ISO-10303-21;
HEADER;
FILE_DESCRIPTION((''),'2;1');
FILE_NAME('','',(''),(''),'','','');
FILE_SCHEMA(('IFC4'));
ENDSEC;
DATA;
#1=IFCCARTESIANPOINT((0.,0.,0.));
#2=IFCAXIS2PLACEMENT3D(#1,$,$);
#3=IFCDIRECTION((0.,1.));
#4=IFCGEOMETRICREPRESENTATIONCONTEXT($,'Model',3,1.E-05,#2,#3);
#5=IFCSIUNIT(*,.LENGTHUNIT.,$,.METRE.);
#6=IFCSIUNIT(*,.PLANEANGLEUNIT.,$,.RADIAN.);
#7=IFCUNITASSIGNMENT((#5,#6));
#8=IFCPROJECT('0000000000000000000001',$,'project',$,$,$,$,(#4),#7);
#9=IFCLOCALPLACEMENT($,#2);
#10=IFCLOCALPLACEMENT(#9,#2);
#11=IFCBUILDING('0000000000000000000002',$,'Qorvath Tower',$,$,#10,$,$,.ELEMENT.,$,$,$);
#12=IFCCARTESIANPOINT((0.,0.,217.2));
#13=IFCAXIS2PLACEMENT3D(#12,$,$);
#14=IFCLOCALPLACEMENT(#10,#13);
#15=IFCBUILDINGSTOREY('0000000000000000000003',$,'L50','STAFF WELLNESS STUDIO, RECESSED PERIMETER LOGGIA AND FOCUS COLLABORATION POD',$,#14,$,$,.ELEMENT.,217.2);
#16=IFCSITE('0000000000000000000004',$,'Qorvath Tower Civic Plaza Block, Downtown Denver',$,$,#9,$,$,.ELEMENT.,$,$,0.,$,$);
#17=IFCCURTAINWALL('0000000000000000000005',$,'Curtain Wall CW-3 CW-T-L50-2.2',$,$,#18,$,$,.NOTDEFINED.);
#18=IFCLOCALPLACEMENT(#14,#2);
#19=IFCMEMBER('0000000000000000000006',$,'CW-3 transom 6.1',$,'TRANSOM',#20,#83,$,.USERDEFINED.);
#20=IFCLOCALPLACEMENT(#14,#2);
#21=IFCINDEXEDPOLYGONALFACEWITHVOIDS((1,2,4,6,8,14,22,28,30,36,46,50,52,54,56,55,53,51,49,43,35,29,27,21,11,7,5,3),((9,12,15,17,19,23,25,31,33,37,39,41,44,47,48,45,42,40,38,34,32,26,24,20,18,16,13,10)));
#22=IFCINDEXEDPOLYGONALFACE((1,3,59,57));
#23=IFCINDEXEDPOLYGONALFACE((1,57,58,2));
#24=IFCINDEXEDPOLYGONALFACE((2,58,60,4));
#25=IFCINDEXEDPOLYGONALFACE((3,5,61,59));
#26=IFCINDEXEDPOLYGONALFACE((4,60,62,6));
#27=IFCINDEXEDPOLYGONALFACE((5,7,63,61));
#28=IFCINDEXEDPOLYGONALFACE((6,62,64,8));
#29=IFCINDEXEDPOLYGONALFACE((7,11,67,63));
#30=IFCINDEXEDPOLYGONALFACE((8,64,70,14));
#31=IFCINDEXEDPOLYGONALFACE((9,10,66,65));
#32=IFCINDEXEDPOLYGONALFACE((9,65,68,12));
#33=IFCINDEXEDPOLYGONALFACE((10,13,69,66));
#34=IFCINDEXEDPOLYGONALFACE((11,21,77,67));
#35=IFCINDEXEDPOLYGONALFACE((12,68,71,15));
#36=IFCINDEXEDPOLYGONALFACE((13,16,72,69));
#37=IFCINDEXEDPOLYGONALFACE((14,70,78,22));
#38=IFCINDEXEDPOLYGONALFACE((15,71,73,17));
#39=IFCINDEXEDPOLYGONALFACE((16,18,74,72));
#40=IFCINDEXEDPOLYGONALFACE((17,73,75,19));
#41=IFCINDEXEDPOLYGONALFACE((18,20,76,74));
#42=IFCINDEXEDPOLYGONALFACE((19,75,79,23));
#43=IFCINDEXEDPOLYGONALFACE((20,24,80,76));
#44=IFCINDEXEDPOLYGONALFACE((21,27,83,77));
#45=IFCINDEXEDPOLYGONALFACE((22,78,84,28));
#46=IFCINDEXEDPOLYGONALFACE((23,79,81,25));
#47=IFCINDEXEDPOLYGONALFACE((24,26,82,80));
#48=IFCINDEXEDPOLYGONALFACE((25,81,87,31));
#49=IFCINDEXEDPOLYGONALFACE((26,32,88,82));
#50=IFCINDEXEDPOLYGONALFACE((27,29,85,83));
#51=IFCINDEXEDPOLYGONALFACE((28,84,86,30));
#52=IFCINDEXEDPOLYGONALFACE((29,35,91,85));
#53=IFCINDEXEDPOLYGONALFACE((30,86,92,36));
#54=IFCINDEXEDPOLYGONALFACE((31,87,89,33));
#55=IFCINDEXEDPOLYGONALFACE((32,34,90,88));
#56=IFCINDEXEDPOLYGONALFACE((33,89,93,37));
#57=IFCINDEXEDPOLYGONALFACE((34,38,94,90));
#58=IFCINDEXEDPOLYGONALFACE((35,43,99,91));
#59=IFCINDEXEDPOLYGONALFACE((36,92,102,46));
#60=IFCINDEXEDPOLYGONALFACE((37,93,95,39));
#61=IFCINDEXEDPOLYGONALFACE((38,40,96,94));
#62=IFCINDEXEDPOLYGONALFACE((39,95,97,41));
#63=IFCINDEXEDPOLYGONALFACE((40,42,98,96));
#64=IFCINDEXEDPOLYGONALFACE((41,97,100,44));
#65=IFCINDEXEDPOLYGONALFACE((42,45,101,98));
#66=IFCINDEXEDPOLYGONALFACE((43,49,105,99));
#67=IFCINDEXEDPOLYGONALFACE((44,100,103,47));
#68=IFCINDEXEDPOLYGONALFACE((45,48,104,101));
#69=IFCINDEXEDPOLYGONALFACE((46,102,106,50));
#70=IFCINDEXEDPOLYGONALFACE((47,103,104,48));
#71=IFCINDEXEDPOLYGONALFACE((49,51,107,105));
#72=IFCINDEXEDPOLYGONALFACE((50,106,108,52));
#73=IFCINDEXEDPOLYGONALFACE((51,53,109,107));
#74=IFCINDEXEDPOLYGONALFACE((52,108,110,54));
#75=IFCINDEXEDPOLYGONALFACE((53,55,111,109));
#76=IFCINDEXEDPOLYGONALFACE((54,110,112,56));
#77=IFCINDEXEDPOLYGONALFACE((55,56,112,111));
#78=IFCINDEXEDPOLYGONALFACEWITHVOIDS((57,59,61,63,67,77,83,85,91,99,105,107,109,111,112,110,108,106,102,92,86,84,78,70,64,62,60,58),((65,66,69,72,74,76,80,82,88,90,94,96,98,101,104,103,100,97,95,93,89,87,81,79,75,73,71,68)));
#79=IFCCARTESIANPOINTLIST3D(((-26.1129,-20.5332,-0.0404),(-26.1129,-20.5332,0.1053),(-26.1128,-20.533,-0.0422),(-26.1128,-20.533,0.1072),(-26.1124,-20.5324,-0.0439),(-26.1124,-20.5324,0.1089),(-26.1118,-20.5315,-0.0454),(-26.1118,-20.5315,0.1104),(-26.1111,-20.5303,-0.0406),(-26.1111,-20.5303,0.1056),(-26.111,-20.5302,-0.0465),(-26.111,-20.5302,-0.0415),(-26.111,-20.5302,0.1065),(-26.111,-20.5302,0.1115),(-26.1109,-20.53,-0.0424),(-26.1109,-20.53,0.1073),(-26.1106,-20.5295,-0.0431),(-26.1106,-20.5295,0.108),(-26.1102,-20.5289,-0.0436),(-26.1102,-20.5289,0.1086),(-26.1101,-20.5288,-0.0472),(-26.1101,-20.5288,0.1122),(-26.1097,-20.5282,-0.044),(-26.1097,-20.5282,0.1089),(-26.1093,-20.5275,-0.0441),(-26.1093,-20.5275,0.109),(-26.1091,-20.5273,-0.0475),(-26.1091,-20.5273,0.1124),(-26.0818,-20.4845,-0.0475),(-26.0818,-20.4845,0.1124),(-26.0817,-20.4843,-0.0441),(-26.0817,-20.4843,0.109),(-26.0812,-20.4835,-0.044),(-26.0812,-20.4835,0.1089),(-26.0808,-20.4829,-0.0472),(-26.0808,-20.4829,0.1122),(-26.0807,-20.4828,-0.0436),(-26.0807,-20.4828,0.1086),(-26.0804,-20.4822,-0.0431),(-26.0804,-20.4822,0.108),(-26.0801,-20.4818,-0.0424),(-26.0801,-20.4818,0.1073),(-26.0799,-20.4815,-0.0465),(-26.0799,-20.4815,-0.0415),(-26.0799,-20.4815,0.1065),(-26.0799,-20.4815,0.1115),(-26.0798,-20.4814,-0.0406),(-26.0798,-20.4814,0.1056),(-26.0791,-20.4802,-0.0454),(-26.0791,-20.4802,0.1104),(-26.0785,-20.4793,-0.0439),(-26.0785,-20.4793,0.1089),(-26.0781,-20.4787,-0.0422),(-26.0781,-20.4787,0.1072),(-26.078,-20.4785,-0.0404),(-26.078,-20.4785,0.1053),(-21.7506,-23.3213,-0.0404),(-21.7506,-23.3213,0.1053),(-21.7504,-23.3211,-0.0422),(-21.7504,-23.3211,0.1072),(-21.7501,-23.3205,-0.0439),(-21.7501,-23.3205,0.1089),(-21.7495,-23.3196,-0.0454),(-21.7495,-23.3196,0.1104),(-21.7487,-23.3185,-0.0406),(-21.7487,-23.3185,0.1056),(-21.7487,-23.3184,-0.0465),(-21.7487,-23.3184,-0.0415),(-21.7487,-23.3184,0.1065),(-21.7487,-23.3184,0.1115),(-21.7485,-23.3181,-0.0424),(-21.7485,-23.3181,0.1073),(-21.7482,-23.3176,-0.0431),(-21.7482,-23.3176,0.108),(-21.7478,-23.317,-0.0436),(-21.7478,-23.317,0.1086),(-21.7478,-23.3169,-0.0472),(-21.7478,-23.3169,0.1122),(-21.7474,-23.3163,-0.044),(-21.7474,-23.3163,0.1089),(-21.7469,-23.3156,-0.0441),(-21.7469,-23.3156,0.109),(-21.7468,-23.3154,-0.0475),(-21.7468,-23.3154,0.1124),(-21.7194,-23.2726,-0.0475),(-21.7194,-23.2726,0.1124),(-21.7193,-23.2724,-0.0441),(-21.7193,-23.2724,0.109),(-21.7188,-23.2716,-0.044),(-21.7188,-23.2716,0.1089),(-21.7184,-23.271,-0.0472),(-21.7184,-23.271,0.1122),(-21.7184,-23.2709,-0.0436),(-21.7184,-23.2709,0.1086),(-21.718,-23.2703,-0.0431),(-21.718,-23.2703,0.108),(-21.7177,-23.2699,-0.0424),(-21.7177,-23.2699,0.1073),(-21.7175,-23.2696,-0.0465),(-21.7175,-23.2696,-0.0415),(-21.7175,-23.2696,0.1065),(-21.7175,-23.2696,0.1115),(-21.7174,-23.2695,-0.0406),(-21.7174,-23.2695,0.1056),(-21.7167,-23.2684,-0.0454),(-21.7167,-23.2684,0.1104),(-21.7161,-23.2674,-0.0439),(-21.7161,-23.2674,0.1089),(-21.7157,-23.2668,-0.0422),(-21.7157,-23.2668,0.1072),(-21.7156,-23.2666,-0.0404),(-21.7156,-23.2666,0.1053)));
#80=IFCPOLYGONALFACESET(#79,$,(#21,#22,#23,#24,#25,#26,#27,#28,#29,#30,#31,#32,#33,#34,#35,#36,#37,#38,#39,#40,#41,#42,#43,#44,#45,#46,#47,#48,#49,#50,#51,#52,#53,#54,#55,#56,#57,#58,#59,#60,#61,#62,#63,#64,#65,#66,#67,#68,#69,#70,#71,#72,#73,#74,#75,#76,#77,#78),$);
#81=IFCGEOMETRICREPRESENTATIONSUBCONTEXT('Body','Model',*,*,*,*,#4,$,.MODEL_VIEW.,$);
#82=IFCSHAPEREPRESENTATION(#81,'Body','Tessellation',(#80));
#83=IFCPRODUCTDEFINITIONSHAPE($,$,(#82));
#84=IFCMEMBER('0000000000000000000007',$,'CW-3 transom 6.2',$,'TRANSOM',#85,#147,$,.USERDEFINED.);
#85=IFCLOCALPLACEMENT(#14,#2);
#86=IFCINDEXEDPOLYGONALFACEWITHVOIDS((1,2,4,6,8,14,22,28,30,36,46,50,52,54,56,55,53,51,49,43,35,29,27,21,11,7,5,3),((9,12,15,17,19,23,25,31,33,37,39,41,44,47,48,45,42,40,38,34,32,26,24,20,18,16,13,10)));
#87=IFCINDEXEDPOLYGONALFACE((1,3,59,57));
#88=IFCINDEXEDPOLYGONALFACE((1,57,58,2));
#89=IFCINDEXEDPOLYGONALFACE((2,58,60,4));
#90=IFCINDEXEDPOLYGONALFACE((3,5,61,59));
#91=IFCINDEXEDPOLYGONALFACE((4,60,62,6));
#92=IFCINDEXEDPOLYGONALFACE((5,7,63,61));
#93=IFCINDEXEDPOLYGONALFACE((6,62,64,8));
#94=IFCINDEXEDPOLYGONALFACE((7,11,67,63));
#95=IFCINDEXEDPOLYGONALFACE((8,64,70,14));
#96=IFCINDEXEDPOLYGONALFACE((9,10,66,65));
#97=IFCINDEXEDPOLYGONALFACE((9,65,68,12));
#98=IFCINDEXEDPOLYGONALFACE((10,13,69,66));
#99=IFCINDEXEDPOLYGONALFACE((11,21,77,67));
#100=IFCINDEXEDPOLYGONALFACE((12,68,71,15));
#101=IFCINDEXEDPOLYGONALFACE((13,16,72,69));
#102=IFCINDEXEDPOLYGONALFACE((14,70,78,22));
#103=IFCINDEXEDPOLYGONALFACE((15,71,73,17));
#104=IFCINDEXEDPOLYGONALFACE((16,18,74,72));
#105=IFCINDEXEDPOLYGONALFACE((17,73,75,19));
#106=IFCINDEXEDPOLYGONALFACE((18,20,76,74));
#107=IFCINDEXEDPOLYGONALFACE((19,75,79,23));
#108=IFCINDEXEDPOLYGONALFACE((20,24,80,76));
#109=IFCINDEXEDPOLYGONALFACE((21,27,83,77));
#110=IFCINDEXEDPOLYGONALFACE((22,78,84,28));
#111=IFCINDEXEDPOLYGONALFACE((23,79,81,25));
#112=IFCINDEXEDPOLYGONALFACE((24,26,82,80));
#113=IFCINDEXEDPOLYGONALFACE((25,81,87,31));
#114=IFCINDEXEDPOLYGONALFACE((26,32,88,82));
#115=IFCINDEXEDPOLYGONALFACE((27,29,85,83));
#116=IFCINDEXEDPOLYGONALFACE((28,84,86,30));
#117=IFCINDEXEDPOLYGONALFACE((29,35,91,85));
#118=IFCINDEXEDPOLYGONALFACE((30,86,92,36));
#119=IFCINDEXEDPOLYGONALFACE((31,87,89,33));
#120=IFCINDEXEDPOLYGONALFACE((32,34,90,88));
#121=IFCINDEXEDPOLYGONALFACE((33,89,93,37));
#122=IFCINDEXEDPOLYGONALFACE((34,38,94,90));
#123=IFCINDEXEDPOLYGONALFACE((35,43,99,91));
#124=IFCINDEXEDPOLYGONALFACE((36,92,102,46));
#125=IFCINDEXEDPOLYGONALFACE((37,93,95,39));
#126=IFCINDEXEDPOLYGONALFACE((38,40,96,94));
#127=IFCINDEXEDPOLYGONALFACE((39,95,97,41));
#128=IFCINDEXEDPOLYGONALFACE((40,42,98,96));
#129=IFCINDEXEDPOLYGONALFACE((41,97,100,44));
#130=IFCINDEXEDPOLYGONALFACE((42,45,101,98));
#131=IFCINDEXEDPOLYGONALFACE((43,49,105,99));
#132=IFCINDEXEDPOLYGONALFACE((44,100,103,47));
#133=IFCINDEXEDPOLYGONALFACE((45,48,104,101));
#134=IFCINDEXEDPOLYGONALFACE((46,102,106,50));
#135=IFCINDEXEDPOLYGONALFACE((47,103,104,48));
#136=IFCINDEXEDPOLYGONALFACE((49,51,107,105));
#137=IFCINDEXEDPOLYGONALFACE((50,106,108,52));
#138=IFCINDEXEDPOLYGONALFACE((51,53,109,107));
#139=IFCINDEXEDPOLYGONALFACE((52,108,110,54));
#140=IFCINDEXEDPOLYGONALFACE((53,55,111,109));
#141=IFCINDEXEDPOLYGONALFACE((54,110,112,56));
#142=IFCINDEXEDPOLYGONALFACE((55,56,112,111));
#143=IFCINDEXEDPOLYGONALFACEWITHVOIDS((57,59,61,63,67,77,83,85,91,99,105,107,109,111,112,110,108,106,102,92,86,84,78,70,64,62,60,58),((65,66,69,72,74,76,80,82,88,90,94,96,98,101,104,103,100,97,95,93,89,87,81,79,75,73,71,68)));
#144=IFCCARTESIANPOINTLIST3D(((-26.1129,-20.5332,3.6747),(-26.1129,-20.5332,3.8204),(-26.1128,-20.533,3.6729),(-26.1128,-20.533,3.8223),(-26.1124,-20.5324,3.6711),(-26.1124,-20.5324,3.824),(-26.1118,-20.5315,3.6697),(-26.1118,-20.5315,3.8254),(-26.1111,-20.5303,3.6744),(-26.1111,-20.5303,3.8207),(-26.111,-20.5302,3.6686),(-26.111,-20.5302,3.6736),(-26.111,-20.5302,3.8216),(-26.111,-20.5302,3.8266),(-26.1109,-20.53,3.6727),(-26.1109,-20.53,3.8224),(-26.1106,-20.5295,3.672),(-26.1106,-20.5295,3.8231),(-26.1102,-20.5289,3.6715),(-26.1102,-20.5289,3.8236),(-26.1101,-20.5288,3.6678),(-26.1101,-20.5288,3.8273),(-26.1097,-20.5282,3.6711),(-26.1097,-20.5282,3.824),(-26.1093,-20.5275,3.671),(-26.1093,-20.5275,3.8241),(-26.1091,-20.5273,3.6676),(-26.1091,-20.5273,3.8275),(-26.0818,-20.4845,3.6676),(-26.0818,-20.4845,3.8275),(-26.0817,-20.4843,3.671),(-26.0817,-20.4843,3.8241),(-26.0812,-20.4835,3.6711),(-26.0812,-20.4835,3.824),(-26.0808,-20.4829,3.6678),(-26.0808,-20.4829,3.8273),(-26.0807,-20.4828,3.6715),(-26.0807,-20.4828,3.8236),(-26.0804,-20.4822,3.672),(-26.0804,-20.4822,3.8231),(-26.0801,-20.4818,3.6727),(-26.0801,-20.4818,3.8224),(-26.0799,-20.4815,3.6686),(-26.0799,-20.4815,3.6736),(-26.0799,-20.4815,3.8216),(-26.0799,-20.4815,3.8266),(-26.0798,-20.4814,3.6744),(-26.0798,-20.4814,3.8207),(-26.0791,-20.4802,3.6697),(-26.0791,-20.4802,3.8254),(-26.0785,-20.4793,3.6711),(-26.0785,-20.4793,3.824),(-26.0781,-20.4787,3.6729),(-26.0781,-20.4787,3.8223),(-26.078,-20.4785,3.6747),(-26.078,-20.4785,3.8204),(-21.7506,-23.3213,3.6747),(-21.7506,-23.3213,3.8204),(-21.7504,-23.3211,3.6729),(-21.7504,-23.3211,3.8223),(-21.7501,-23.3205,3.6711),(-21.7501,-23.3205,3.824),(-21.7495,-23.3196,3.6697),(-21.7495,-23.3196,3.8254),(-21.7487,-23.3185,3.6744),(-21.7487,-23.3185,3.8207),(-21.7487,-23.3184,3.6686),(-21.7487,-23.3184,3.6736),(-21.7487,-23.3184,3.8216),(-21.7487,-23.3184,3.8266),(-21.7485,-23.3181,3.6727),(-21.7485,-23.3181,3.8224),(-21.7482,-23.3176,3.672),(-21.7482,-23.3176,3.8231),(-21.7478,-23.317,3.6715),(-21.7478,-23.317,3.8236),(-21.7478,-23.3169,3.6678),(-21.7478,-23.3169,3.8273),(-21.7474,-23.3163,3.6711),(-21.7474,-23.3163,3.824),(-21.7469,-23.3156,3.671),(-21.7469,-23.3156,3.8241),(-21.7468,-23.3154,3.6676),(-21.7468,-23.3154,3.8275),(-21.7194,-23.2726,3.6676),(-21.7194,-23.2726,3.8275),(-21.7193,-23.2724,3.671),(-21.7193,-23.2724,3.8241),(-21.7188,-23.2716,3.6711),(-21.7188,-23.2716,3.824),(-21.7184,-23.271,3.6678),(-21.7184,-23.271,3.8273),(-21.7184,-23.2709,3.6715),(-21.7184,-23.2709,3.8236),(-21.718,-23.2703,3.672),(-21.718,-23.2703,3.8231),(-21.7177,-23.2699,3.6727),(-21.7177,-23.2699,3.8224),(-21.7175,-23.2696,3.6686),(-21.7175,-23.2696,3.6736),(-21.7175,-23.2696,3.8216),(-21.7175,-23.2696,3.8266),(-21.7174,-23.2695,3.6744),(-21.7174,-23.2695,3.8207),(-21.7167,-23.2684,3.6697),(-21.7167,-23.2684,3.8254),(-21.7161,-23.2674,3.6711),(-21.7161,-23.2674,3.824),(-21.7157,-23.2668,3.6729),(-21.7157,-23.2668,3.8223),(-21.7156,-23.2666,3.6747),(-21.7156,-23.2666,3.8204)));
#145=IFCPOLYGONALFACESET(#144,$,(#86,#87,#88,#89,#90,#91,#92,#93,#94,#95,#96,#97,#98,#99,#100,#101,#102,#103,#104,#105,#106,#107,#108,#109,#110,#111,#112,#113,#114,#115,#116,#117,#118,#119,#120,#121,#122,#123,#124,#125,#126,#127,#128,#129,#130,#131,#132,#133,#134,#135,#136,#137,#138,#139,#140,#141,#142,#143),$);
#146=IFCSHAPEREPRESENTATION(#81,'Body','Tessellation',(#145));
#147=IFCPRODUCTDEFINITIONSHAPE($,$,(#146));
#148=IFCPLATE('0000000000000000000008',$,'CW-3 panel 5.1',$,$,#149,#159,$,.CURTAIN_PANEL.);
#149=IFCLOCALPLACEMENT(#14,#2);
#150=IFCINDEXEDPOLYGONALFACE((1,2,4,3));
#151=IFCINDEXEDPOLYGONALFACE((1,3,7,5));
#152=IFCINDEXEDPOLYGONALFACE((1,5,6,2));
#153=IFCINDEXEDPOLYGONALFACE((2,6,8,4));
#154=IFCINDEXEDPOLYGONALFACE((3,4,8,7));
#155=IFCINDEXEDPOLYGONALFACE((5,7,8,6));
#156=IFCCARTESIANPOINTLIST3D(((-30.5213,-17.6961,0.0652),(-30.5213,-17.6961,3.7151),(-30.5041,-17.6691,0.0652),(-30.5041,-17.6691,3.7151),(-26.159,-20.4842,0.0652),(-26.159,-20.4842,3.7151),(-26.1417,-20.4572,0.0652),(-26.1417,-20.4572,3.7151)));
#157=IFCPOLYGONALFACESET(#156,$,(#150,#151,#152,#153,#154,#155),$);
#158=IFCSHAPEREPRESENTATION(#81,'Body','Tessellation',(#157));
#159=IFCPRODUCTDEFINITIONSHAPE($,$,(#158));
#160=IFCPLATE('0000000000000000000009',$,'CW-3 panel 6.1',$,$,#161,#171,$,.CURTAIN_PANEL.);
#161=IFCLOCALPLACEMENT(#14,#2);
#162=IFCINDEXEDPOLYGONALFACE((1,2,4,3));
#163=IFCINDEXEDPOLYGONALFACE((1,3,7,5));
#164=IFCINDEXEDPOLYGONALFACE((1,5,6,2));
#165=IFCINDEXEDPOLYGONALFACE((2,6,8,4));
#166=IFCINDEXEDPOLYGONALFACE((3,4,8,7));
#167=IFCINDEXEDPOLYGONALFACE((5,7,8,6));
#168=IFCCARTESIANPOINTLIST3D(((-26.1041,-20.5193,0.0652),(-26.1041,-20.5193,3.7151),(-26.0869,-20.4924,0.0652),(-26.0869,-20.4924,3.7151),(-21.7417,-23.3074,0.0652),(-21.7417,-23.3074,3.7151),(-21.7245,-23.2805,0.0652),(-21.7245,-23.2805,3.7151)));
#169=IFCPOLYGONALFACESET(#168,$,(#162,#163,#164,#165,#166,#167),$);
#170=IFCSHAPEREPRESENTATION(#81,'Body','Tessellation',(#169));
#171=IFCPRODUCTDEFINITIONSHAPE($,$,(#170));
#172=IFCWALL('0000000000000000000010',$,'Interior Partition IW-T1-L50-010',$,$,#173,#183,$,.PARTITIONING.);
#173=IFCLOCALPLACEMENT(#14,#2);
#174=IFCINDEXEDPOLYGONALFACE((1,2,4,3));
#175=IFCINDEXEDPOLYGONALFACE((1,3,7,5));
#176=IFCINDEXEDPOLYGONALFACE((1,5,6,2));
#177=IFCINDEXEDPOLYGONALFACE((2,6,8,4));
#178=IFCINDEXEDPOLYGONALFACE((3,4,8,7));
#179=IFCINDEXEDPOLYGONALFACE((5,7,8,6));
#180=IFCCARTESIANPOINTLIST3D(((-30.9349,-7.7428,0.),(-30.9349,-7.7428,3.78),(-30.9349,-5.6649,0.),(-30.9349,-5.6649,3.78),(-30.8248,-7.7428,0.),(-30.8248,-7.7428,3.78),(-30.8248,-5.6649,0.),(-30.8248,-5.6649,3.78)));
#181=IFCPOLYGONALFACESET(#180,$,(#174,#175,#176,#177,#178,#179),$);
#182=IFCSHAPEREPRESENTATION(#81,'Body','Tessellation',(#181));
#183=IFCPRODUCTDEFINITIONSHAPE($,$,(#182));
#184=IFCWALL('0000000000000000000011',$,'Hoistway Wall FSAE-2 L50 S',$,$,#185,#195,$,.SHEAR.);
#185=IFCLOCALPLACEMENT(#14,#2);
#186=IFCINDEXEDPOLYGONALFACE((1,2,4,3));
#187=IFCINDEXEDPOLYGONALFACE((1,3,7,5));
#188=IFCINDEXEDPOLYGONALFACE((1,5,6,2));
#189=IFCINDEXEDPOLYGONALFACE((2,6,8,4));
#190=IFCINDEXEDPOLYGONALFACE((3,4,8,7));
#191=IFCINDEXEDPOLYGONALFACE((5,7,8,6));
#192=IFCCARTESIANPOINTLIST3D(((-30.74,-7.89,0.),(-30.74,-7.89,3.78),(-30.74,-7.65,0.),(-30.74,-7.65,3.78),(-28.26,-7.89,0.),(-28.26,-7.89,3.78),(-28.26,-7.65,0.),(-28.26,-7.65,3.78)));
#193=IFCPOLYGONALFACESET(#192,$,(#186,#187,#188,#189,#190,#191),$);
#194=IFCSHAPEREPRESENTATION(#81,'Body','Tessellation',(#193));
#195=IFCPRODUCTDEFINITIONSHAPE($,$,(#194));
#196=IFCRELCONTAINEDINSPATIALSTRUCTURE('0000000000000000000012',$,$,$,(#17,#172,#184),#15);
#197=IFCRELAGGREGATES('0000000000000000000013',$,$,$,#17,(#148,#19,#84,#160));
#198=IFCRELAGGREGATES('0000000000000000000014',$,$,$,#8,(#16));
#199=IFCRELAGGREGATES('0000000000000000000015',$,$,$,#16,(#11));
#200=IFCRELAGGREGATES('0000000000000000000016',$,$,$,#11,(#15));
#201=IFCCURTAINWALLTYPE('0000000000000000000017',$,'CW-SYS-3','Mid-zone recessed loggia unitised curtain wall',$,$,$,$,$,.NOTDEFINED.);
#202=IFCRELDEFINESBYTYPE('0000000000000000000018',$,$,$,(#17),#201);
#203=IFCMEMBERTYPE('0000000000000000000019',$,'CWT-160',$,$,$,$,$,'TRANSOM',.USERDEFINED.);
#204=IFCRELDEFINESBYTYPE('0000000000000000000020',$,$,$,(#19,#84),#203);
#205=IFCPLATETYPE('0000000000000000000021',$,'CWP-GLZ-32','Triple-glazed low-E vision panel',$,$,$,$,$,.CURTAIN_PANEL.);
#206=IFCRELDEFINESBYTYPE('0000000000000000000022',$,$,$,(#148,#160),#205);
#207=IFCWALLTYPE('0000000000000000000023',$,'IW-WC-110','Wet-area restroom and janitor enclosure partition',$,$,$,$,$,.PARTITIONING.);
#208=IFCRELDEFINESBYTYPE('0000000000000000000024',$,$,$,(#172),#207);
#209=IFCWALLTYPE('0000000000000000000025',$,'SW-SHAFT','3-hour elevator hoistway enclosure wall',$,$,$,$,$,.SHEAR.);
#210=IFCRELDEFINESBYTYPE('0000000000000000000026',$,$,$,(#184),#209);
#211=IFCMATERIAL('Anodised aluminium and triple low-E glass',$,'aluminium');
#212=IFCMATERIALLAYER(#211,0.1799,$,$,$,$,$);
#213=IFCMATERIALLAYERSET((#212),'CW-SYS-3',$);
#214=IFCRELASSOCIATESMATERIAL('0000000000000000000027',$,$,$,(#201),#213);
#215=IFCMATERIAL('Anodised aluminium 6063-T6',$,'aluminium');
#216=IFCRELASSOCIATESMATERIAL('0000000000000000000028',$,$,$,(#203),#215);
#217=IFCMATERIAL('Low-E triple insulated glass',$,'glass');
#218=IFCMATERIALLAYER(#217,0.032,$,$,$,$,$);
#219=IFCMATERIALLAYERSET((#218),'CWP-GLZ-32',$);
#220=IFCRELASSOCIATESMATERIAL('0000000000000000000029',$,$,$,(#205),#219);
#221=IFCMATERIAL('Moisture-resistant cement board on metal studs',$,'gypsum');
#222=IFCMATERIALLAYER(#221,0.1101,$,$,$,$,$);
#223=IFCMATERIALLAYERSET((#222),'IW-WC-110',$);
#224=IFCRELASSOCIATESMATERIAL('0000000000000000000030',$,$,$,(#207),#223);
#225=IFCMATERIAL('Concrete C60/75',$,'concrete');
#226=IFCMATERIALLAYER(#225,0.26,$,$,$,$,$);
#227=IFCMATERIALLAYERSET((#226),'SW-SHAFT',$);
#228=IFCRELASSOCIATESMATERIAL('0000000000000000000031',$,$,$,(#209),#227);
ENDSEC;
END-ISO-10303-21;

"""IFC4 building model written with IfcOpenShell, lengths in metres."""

from ifc_helpers import new_model, si_unit, direction, frame, frame_2d, origin, origin_2d, place, context, subcontext, project, spatial, rectangle, hollow_rectangle, extrude, material, layer, layer_set, material_profile, profile_set, type_object, element, aggregate, save


model = new_model("IFC4")

# Units and contexts
model_context = context("Model", 3, precision=1e-05, world=origin(), true_north=direction((0.0, 1.0)))
body_context = subcontext(model_context, "Body", "Model", "MODEL_VIEW")
ifc_project = project(units=[si_unit("LENGTHUNIT", "METRE"), si_unit("PLANEANGLEUNIT", "RADIAN")], contexts=[model_context])

# Site, building, storey
site_placement = place(None, origin())
site = spatial("IfcSite", under=ifc_project, at=site_placement, Name="Qorvath Tower Civic Plaza Block, Downtown Denver", CompositionType="ELEMENT", RefElevation=0.0)
building_placement = place(site_placement, origin())
building = spatial("IfcBuilding", under=site, at=building_placement, Name="Qorvath Tower", CompositionType="ELEMENT")
storey_placement = place(building_placement, frame((0.0, 0.0, 217.2)))
storey = spatial("IfcBuildingStorey", under=building, at=storey_placement, Name="L50", Description="STAFF WELLNESS STUDIO, RECESSED PERIMETER LOGGIA AND FOCUS COLLABORATION POD", CompositionType="ELEMENT", Elevation=217.2)

# Curtain wall, members, plates
ifc_material_1 = material(Name="Anodised aluminium and triple low-E glass", Category="aluminium")
ifc_layer_1 = layer(ifc_material_1, 0.1799)
ifc_layer_set_1 = layer_set([ifc_layer_1], Name="CW-SYS-3")
curtain_wall_type = type_object("IfcCurtainWallType", Name="CW-SYS-3", Description="Mid-zone recessed loggia unitised curtain wall", PredefinedType="NOTDEFINED", material=ifc_layer_set_1)
curtain_wall_placement = place(storey_placement, origin())
curtain_wall = element("IfcCurtainWall", 1, at=curtain_wall_placement, inside=storey, type_object=curtain_wall_type, Name="Curtain Wall CW-3 CW-T-L50-2.2", PredefinedType="NOTDEFINED")
ifc_material_2 = material(Name="Anodised aluminium 6063-T6", Category="aluminium")
ifc_material_profile_1 = material_profile(ifc_material_2, hollow_rectangle(XDim=0.0649, YDim=0.1599, WallThickness=0.0034, InnerFilletRadius=0.0034, OuterFilletRadius=0.0071, at=origin_2d()), Name="CWT 160x65")
ifc_profile_set_1 = profile_set([ifc_material_profile_1], Name="Anodised aluminium 6063-T6")
member_type_1 = type_object("IfcMemberType", Name="CWT-160", ElementType="TRANSOM", PredefinedType="USERDEFINED", material=ifc_profile_set_1)
member_1_placement = place(storey_placement, frame((-26.0955, -20.5059, 0.0325), z_axis=(0.842604, -0.538534, 0.0), x_axis=(0.538534, 0.842604, 0.0)))
member_1 = element("IfcMember", 2, at=member_1_placement, type_object=member_type_1, Name="CW-3 transom 6.1", ObjectType="TRANSOM", PredefinedType="USERDEFINED", context=body_context, shape_type="SweptSolid", body=[
    extrude(hollow_rectangle(XDim=0.0649, YDim=0.1599, WallThickness=0.0034, InnerFilletRadius=0.0034, OuterFilletRadius=0.0071, at=origin_2d()), origin(), (0.0, 0.0, 1.0), 5.1772),
])
member_2_placement = place(storey_placement, frame((-26.0955, -20.5059, 3.7476), z_axis=(0.842604, -0.538534, 0.0), x_axis=(0.538534, 0.842604, 0.0)))
member_2 = element("IfcMember", 3, at=member_2_placement, type_object=member_type_1, Name="CW-3 transom 6.2", ObjectType="TRANSOM", PredefinedType="USERDEFINED", context=body_context, shape_type="SweptSolid", body=[
    extrude(hollow_rectangle(XDim=0.0649, YDim=0.1599, WallThickness=0.0034, InnerFilletRadius=0.0034, OuterFilletRadius=0.0071, at=origin_2d()), origin(), (0.0, 0.0, 1.0), 5.1772),
])
ifc_material_3 = material(Name="Low-E triple insulated glass", Category="glass")
ifc_layer_2 = layer(ifc_material_3, 0.032)
ifc_layer_set_2 = layer_set([ifc_layer_2], Name="CWP-GLZ-32")
plate_type = type_object("IfcPlateType", Name="CWP-GLZ-32", Description="Triple-glazed low-E vision panel", PredefinedType="CURTAIN_PANEL", material=ifc_layer_set_2)
plate_1_placement = place(storey_placement, frame((-28.3315, -19.0767, 0.0652), z_axis=(0.0, 0.0, 1.0), x_axis=(0.842603, -0.538535, 0.0)))
plate_1 = element("IfcPlate", 4, at=plate_1_placement, type_object=plate_type, Name="CW-3 panel 5.1", PredefinedType="CURTAIN_PANEL", context=body_context, shape_type="SweptSolid", body=[
    extrude(rectangle(XDim=5.1772, YDim=0.032, at=origin_2d()), origin(), (0.0, 0.0, 1.0), 3.6499),
])
plate_2_placement = place(storey_placement, frame((-23.9143, -21.8999, 0.0652), z_axis=(0.0, 0.0, 1.0), x_axis=(0.842603, -0.538535, 0.0)))
plate_2 = element("IfcPlate", 5, at=plate_2_placement, type_object=plate_type, Name="CW-3 panel 6.1", PredefinedType="CURTAIN_PANEL", context=body_context, shape_type="SweptSolid", body=[
    extrude(rectangle(XDim=5.1772, YDim=0.032, at=origin_2d()), origin(), (0.0, 0.0, 1.0), 3.6499),
])
aggregate(curtain_wall, [plate_1, member_1, member_2, plate_2])

# Walls
ifc_material_4 = material(Name="Moisture-resistant cement board on metal studs", Category="gypsum")
ifc_layer_3 = layer(ifc_material_4, 0.1101)
ifc_layer_set_3 = layer_set([ifc_layer_3], Name="IW-WC-110")
wall_type_1 = type_object("IfcWallType", Name="IW-WC-110", Description="Wet-area restroom and janitor enclosure partition", PredefinedType="PARTITIONING", material=ifc_layer_set_3)
wall_1_placement = place(storey_placement, frame((-30.8799, -7.7429, 0.0), z_axis=(0.0, 0.0, 1.0), x_axis=(0.0, 1.0, 0.0)))
element("IfcWall", 6, at=wall_1_placement, inside=storey, type_object=wall_type_1, Name="Interior Partition IW-T1-L50-010", PredefinedType="PARTITIONING", context=body_context, shape_type="SweptSolid", body=[
    extrude(rectangle(XDim=2.0779, YDim=0.1101, at=frame_2d((1.0391, 0.0))), origin(), (0.0, 0.0, 1.0), 3.78),
])
ifc_material_5 = material(Name="Concrete C60/75", Category="concrete")
ifc_layer_4 = layer(ifc_material_5, 0.26)
ifc_layer_set_4 = layer_set([ifc_layer_4], Name="SW-SHAFT")
wall_type_2 = type_object("IfcWallType", Name="SW-SHAFT", Description="3-hour elevator hoistway enclosure wall", PredefinedType="SHEAR", material=ifc_layer_set_4)
wall_2_placement = place(storey_placement, frame((-28.26, -7.77, 0.0), z_axis=(0.0, 0.0, 1.0), x_axis=(-1.0, 0.0, 0.0)))
element("IfcWall", 7, at=wall_2_placement, inside=storey, type_object=wall_type_2, Name="Hoistway Wall FSAE-2 L50 S", PredefinedType="SHEAR", context=body_context, shape_type="SweptSolid", body=[
    extrude(rectangle(XDim=2.48, YDim=0.24, at=frame_2d((1.24, 0.0))), origin(), (0.0, 0.0, 1.0), 3.78),
])

save(model, "model.ifc")
